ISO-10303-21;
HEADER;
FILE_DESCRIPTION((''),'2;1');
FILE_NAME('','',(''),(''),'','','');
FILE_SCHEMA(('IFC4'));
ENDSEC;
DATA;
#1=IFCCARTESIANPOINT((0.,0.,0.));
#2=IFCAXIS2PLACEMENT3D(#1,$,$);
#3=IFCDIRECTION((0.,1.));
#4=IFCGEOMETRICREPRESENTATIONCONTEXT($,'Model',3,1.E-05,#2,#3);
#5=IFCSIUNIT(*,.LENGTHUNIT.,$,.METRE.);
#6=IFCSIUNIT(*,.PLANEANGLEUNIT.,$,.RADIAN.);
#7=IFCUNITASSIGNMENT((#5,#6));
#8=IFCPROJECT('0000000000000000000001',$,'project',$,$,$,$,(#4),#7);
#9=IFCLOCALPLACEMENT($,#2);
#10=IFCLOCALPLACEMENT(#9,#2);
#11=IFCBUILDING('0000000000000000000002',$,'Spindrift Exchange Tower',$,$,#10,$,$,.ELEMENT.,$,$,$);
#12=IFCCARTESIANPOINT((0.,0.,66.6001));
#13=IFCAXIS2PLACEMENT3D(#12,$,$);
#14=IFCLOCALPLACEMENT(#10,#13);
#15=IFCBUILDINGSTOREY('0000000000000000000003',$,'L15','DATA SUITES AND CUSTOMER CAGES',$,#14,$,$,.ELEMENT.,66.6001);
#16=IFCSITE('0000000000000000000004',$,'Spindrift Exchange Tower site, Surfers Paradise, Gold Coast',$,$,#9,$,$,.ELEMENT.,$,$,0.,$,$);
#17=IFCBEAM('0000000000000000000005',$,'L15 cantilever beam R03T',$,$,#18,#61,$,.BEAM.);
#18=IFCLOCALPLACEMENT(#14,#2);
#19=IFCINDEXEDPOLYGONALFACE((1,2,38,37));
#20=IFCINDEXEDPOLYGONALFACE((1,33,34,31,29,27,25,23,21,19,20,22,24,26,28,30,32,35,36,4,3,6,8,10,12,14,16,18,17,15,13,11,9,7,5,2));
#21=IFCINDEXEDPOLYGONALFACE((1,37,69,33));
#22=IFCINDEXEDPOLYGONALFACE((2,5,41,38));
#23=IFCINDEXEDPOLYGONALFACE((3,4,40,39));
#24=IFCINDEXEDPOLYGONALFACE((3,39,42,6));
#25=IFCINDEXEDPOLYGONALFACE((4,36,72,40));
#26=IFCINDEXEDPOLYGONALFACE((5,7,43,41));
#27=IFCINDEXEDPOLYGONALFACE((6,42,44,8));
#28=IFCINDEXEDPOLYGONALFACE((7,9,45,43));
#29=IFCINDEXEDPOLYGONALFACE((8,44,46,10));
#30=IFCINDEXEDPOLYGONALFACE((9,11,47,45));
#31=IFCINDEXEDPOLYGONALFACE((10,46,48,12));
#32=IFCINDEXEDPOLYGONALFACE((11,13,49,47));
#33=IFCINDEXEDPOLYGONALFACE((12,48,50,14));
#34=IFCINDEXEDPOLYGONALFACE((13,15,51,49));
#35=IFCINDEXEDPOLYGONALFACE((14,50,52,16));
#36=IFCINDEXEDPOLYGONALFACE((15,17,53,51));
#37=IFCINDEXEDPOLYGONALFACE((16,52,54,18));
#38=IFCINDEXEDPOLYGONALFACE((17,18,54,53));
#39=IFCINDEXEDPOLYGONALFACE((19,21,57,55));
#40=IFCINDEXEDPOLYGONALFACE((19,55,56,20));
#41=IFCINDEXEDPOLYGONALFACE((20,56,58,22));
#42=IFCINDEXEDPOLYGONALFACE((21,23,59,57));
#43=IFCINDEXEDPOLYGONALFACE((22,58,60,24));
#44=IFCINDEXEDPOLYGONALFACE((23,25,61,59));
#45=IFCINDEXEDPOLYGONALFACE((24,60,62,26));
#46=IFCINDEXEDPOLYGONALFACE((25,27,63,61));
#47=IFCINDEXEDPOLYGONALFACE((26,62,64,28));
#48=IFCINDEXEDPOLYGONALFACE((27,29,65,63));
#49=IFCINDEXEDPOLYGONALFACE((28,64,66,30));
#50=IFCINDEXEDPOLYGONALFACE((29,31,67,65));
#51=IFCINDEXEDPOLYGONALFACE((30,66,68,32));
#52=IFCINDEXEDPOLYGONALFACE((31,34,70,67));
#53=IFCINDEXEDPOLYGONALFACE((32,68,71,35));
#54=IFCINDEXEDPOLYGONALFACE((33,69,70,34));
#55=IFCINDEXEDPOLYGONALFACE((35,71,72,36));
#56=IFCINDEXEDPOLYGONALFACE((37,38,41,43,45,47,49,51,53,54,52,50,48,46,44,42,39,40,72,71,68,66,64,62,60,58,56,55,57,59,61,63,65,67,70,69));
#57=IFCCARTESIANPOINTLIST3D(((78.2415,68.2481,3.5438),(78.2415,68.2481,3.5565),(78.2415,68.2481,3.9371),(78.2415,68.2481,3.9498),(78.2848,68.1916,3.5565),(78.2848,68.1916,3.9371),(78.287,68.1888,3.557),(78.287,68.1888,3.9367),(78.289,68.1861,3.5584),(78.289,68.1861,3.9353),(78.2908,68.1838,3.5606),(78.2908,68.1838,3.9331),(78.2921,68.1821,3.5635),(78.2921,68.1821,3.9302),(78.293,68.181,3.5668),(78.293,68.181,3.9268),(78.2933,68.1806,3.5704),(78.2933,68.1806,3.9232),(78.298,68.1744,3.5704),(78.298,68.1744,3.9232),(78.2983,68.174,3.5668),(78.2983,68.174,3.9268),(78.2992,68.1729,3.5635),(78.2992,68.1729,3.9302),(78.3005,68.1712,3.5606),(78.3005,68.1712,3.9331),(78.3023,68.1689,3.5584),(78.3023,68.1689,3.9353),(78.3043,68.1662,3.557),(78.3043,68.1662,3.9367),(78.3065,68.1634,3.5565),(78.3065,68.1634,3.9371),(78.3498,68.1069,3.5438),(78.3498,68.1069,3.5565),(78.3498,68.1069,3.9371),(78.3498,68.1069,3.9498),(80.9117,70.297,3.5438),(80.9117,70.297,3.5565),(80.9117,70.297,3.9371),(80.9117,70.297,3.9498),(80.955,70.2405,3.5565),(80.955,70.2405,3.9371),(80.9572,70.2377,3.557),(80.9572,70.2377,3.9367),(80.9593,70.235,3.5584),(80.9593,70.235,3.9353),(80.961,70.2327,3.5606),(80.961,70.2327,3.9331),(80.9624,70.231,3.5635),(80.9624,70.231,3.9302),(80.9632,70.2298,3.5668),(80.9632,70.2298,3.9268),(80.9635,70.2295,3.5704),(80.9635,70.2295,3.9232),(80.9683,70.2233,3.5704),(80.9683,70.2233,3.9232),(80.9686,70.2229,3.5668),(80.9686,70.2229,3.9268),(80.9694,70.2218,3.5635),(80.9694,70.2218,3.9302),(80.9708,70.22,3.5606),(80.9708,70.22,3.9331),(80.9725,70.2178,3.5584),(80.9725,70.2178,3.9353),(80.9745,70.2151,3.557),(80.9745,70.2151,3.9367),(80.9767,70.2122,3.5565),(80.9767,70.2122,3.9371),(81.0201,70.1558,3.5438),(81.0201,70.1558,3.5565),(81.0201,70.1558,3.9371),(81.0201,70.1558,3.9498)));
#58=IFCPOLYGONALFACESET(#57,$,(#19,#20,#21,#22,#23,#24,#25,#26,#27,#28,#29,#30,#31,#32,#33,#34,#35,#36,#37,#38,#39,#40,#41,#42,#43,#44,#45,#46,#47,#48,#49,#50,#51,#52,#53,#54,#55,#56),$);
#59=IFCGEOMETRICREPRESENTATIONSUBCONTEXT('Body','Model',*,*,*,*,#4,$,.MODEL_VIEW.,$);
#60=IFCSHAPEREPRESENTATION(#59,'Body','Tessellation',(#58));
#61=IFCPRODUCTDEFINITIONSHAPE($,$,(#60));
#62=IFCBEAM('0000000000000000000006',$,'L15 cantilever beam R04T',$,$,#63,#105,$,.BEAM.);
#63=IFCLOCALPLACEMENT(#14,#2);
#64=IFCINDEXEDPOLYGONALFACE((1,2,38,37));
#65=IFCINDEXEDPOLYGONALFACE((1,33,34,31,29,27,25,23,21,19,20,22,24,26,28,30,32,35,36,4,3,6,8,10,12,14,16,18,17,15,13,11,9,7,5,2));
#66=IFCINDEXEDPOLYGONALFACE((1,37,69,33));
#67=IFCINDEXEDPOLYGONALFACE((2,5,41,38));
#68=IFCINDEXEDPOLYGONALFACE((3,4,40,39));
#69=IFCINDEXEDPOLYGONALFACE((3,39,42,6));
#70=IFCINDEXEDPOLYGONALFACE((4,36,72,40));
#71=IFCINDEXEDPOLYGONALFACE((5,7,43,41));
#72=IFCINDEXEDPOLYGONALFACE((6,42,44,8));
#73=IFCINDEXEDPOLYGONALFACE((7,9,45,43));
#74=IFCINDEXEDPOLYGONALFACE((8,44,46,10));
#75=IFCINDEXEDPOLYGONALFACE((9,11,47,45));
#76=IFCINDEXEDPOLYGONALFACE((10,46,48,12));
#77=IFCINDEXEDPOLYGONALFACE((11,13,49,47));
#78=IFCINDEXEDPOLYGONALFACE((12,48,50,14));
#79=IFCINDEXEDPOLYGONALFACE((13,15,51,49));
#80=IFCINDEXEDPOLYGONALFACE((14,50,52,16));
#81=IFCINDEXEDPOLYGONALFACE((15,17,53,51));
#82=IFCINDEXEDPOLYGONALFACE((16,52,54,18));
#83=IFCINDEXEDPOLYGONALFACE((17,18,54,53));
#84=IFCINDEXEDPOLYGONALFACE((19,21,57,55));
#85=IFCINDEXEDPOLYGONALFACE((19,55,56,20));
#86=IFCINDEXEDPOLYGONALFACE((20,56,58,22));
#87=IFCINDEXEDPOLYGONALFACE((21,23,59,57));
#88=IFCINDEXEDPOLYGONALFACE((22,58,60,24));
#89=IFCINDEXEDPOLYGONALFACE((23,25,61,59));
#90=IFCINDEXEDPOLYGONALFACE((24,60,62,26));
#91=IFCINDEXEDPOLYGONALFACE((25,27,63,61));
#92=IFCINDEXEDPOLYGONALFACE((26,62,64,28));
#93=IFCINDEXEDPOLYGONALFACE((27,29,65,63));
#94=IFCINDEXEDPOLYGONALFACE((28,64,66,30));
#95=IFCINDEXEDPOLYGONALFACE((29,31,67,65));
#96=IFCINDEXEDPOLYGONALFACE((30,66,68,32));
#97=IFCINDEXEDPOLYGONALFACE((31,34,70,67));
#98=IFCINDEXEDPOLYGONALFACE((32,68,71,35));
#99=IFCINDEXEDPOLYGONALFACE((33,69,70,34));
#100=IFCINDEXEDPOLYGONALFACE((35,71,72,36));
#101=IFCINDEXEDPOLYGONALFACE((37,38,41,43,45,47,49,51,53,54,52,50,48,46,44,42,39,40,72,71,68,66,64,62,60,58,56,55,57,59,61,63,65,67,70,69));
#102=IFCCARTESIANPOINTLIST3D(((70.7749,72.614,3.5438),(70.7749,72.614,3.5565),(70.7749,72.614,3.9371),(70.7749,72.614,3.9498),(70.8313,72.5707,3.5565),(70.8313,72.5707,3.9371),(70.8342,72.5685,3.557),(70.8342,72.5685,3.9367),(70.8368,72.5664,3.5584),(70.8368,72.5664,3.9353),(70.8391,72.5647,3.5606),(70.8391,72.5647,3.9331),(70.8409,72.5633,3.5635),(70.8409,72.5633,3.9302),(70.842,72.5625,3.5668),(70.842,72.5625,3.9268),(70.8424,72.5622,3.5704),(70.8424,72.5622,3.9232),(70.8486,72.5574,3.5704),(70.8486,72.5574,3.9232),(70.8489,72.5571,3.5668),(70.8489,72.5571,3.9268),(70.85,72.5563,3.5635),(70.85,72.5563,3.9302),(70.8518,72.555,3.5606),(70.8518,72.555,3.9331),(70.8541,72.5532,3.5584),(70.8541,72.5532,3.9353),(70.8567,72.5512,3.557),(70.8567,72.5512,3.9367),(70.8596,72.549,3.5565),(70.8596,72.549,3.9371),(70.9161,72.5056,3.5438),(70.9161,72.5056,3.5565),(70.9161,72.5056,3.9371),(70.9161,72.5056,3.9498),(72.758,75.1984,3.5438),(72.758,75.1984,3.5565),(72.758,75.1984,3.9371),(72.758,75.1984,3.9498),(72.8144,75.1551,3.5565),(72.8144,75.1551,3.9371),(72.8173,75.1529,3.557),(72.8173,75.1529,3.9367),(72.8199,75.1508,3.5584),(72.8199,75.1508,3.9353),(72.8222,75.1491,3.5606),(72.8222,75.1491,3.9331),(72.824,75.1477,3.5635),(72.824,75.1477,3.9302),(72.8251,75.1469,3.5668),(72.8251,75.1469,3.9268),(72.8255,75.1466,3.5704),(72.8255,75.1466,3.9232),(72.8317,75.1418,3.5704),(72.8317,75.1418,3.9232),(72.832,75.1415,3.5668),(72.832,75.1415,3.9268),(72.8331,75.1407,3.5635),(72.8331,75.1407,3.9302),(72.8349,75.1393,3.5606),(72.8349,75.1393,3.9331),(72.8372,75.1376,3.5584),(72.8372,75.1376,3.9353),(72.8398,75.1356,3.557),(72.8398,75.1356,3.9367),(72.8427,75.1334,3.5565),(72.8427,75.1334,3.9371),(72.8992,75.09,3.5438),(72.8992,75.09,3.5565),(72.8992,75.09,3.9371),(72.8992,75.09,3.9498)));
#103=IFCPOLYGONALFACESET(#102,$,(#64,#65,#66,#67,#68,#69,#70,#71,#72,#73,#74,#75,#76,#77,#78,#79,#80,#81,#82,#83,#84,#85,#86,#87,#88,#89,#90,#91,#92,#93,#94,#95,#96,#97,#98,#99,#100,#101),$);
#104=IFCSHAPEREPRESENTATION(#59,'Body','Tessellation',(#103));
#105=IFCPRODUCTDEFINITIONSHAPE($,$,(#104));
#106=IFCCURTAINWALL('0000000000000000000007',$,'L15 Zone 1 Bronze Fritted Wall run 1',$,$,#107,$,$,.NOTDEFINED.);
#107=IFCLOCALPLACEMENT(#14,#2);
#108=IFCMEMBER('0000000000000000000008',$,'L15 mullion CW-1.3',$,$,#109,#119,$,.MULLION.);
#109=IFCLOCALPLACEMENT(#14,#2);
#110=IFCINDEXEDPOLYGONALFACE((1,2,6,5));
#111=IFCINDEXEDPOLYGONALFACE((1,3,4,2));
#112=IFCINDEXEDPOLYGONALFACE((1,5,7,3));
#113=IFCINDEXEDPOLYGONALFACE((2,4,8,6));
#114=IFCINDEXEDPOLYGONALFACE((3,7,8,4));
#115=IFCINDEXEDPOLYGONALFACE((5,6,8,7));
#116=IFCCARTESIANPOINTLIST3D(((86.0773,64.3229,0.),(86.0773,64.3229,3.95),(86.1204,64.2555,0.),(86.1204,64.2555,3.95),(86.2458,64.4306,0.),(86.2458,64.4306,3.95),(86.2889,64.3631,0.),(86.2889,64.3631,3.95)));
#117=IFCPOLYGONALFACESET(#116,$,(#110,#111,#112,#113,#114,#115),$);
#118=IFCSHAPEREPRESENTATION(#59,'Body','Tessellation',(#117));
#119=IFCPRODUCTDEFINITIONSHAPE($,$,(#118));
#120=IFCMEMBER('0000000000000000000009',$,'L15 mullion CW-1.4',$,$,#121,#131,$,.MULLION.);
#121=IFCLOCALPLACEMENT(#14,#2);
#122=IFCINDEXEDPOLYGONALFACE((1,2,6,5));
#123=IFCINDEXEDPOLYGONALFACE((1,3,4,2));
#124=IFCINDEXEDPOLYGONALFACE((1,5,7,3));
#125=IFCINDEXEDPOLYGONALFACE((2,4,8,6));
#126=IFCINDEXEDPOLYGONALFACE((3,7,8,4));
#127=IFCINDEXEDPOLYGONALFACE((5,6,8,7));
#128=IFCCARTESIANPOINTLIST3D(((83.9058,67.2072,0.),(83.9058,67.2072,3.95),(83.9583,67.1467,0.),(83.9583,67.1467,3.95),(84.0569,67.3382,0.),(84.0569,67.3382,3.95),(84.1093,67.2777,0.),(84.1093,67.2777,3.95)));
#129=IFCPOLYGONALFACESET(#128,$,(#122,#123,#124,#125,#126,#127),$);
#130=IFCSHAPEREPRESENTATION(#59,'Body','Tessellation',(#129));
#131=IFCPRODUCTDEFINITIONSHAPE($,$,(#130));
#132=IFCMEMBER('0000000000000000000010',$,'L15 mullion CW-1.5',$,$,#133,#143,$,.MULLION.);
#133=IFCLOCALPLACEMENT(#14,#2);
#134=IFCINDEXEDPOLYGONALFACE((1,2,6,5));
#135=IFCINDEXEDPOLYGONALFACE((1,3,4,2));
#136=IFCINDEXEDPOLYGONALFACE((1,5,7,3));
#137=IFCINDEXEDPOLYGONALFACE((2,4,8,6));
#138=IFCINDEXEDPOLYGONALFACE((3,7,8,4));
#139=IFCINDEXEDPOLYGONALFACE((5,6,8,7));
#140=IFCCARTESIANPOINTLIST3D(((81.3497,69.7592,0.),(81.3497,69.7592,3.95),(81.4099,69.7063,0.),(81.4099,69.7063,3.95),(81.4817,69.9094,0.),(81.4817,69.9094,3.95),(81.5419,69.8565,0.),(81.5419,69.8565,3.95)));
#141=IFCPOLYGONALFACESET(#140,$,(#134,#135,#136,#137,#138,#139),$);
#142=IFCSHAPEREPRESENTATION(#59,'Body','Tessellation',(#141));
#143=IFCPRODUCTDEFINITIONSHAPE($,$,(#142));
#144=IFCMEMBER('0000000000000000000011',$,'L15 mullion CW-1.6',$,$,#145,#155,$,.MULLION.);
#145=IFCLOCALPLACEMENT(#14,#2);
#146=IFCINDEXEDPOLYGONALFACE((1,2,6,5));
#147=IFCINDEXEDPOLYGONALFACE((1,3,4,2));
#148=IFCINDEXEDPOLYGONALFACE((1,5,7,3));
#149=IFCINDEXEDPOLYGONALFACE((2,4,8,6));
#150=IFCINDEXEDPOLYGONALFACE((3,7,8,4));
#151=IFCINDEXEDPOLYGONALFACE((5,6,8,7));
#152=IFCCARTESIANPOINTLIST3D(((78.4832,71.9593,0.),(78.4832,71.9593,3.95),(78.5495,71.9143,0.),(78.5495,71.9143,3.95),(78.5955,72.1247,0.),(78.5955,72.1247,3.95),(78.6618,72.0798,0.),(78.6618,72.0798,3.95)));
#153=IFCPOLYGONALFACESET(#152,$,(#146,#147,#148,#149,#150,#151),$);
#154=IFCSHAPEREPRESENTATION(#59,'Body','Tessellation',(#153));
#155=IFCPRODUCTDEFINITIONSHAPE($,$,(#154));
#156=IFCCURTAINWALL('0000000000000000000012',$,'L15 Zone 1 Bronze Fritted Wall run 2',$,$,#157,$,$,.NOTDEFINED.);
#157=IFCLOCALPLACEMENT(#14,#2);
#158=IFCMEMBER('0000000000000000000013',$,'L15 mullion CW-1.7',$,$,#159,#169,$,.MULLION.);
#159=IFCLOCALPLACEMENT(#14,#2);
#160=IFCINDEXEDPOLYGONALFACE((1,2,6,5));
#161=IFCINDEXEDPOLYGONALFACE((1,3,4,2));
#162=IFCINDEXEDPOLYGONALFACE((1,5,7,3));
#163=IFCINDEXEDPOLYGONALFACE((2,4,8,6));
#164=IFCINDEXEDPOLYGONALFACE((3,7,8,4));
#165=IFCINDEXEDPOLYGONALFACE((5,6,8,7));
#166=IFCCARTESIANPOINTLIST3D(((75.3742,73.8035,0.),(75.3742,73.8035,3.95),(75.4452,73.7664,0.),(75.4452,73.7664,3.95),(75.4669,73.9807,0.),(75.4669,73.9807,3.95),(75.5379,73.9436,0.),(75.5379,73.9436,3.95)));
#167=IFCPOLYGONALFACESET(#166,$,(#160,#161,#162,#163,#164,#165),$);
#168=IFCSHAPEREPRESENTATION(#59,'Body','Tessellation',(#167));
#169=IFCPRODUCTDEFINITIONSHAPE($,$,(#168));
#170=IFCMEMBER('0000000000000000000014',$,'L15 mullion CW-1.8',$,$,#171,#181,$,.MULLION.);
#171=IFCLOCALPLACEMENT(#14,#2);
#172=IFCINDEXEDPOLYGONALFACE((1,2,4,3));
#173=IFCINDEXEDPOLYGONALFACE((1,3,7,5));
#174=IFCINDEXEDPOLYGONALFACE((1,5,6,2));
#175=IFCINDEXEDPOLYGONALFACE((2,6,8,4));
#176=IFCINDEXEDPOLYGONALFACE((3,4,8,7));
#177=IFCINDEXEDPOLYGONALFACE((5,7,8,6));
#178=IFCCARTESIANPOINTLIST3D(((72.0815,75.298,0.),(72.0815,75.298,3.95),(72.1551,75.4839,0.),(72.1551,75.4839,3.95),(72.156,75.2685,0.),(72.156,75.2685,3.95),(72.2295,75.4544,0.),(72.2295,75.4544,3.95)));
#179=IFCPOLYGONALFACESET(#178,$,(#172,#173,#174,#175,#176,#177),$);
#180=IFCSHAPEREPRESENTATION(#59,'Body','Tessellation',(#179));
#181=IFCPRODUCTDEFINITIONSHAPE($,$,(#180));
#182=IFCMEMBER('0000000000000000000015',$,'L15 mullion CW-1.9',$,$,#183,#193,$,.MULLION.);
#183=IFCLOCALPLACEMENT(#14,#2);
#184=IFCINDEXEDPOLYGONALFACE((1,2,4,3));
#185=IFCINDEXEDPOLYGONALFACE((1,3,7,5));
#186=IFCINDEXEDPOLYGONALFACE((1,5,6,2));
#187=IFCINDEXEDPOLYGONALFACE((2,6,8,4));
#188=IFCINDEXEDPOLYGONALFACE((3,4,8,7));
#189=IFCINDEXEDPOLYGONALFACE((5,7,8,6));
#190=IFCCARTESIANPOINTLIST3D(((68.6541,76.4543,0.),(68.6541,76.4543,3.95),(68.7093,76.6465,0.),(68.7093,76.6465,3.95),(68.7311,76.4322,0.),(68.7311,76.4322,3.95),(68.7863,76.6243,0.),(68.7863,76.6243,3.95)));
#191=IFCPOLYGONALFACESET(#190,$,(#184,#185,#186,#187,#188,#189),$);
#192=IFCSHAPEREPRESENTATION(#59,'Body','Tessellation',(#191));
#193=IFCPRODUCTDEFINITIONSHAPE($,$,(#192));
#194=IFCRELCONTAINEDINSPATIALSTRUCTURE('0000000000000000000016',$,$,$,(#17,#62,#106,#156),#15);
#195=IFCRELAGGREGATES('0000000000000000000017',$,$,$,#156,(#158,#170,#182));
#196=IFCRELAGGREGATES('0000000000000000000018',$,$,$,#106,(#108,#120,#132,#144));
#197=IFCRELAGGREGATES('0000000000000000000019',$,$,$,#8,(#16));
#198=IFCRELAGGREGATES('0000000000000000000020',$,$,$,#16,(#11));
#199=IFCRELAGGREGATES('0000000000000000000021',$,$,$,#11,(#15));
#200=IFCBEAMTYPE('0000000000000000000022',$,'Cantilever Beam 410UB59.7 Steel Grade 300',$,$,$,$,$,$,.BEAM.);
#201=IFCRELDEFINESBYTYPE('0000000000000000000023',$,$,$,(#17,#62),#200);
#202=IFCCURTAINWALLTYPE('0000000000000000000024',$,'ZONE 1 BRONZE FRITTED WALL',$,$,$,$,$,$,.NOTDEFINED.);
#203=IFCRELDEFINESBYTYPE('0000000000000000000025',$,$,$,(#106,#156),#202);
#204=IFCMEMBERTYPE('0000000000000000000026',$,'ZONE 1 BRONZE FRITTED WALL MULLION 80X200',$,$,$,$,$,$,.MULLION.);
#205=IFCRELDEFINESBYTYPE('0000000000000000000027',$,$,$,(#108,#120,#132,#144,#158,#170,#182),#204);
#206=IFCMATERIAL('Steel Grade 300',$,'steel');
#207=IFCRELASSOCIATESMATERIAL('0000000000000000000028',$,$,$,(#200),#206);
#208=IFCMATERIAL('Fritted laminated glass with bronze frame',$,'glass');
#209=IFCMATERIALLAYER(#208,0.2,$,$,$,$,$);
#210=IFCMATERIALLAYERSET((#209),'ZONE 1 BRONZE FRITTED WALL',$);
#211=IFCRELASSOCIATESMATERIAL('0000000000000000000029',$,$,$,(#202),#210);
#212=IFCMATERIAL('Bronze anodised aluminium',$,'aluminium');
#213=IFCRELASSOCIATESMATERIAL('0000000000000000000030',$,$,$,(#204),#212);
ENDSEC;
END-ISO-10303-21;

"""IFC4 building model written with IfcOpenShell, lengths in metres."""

from ifc_helpers import new_model, si_unit, direction, frame, origin, origin_2d, place, context, subcontext, project, spatial, rectangle, i_section, extrude, source, transform, mapped, material, layer, layer_set, material_profile, profile_set, type_object, element, aggregate, save


model = new_model("IFC4")

# Units and contexts
model_context = context("Model", 3, precision=1e-05, world=origin(), true_north=direction((0.0, 1.0)))
body_context = subcontext(model_context, "Body", "Model", "MODEL_VIEW")
ifc_project = project(units=[si_unit("LENGTHUNIT", "METRE"), si_unit("PLANEANGLEUNIT", "RADIAN")], contexts=[model_context])

# Site, building, storey
site_placement = place(None, origin())
site = spatial("IfcSite", under=ifc_project, at=site_placement, Name="Spindrift Exchange Tower site, Surfers Paradise, Gold Coast", CompositionType="ELEMENT", RefElevation=0.0)
building_placement = place(site_placement, origin())
building = spatial("IfcBuilding", under=site, at=building_placement, Name="Spindrift Exchange Tower", CompositionType="ELEMENT")
storey_placement = place(building_placement, frame((0.0, 0.0, 66.6001)))
storey = spatial("IfcBuildingStorey", under=building, at=storey_placement, Name="L15", Description="DATA SUITES AND CUSTOMER CAGES", CompositionType="ELEMENT", Elevation=66.6001)

# Beams
ifc_material_1 = material(Name="Steel Grade 300", Category="steel")
ifc_material_profile_1 = material_profile(ifc_material_1, i_section(OverallWidth=0.178, OverallDepth=0.406, WebThickness=0.0078, FlangeThickness=0.0127, FilletRadius=0.0139, at=origin_2d()), Name="410UB59.7")
ifc_profile_set_1 = profile_set([ifc_material_profile_1], Name="Steel Grade 300")
beam_type_1 = type_object("IfcBeamType", Name="Cantilever Beam 410UB59.7 Steel Grade 300", PredefinedType="BEAM", material=ifc_profile_set_1)
shared_shape_1 = source(origin(), body_context, "Body", "SweptSolid", [
    extrude(i_section(OverallWidth=0.178, OverallDepth=0.406, WebThickness=0.0078, FlangeThickness=0.0127, FilletRadius=0.0139, at=origin_2d()), origin(), (0.0, 0.0, 1.0), 3.3657),
])
beam_1_placement = place(storey_placement, frame((78.2957, 68.1775, 3.7468), z_axis=(0.793362, 0.60875, 0.0), x_axis=(-0.60875, 0.793362, 0.0)))
element("IfcBeam", 1, at=beam_1_placement, inside=storey, type_object=beam_type_1, Name="L15 cantilever beam R03T", PredefinedType="BEAM", context=body_context, shape_type="MappedRepresentation", body=[
    mapped(shared_shape_1, transform((0.0, 0.0, 0.0), scale=1.0)),
])
shared_shape_2 = source(origin(), body_context, "Body", "SweptSolid", [
    extrude(i_section(OverallWidth=0.178, OverallDepth=0.406, WebThickness=0.0078, FlangeThickness=0.0127, FilletRadius=0.0139, at=origin_2d()), origin(), (0.0, 0.0, 1.0), 3.2576),
])
beam_2_placement = place(storey_placement, frame((70.8455, 72.5598, 3.7468), z_axis=(0.608765, 0.793351, 0.0), x_axis=(-0.793351, 0.608765, 0.0)))
element("IfcBeam", 2, at=beam_2_placement, inside=storey, type_object=beam_type_1, Name="L15 cantilever beam R04T", PredefinedType="BEAM", context=body_context, shape_type="MappedRepresentation", body=[
    mapped(shared_shape_2, transform((0.0, 0.0, 0.0), scale=1.0)),
])

# Curtain walls, members
ifc_material_2 = material(Name="Fritted laminated glass with bronze frame", Category="glass")
ifc_layer_1 = layer(ifc_material_2, 0.2)
ifc_layer_set_1 = layer_set([ifc_layer_1], Name="ZONE 1 BRONZE FRITTED WALL")
curtain_wall_type = type_object("IfcCurtainWallType", Name="ZONE 1 BRONZE FRITTED WALL", PredefinedType="NOTDEFINED", material=ifc_layer_set_1)
curtain_wall_1_placement = place(storey_placement, origin())
curtain_wall_1 = element("IfcCurtainWall", 3, at=curtain_wall_1_placement, inside=storey, type_object=curtain_wall_type, Name="L15 Zone 1 Bronze Fritted Wall run 1", PredefinedType="NOTDEFINED")
ifc_material_3 = material(Name="Bronze anodised aluminium", Category="aluminium")
ifc_material_profile_2 = material_profile(ifc_material_3, rectangle(XDim=0.0801, YDim=0.2, at=origin_2d()), Name="ZONE 1 BRONZE FRITTED WALL MULLION 80X200")
ifc_profile_set_2 = profile_set([ifc_material_profile_2], Name="Bronze anodised aluminium")
member_type_1 = type_object("IfcMemberType", Name="ZONE 1 BRONZE FRITTED WALL MULLION 80X200", PredefinedType="MULLION", material=ifc_profile_set_2)
shared_shape_3 = source(origin(), body_context, "Body", "SweptSolid", [
    extrude(rectangle(XDim=0.0801, YDim=0.2, at=origin_2d()), origin(), (0.0, 0.0, 1.0), 3.95),
])
member_1_placement = place(storey_placement, frame((86.1831, 64.343, 0.0), z_axis=(0.0, 0.0, 1.0), x_axis=(-0.538385, 0.842699, 0.0)))
member_1 = element("IfcMember", 4, at=member_1_placement, type_object=member_type_1, Name="L15 mullion CW-1.3", PredefinedType="MULLION", context=body_context, shape_type="MappedRepresentation", body=[
    mapped(shared_shape_3, transform((0.0, 0.0, 0.0), scale=1.0)),
])
member_2_placement = place(storey_placement, frame((84.0076, 67.2424, 0.0), z_axis=(0.0, 0.0, 1.0), x_axis=(-0.655019, 0.755613, 0.0)))
member_2 = element("IfcMember", 5, at=member_2_placement, type_object=member_type_1, Name="L15 mullion CW-1.4", PredefinedType="MULLION", context=body_context, shape_type="MappedRepresentation", body=[
    mapped(shared_shape_3, transform((0.0, 0.0, 0.0), scale=1.0)),
])
member_3_placement = place(storey_placement, frame((81.4458, 69.8079, 0.0), z_axis=(0.0, 0.0, 1.0), x_axis=(-0.751095, 0.660194, 0.0)))
member_3 = element("IfcMember", 6, at=member_3_placement, type_object=member_type_1, Name="L15 mullion CW-1.5", PredefinedType="MULLION", context=body_context, shape_type="MappedRepresentation", body=[
    mapped(shared_shape_3, transform((0.0, 0.0, 0.0), scale=1.0)),
])
member_4_placement = place(storey_placement, frame((78.5725, 72.0195, 0.0), z_axis=(0.0, 0.0, 1.0), x_axis=(-0.8274, 0.561614, 0.0)))
member_4 = element("IfcMember", 7, at=member_4_placement, type_object=member_type_1, Name="L15 mullion CW-1.6", PredefinedType="MULLION", context=body_context, shape_type="MappedRepresentation", body=[
    mapped(shared_shape_3, transform((0.0, 0.0, 0.0), scale=1.0)),
])
curtain_wall_2_placement = place(storey_placement, origin())
curtain_wall_2 = element("IfcCurtainWall", 8, at=curtain_wall_2_placement, inside=storey, type_object=curtain_wall_type, Name="L15 Zone 1 Bronze Fritted Wall run 2", PredefinedType="NOTDEFINED")
member_5_placement = place(storey_placement, frame((75.4561, 73.8735, 0.0), z_axis=(0.0, 0.0, 1.0), x_axis=(-0.886105, 0.463485, 0.0)))
member_5 = element("IfcMember", 9, at=member_5_placement, type_object=member_type_1, Name="L15 mullion CW-1.7", PredefinedType="MULLION", context=body_context, shape_type="MappedRepresentation", body=[
    mapped(shared_shape_3, transform((0.0, 0.0, 0.0), scale=1.0)),
])
member_6_placement = place(storey_placement, frame((72.1555, 75.3762, 0.0), z_axis=(0.0, 0.0, 1.0), x_axis=(-0.929823, 0.368008, 0.0)))
member_6 = element("IfcMember", 10, at=member_6_placement, type_object=member_type_1, Name="L15 mullion CW-1.8", PredefinedType="MULLION", context=body_context, shape_type="MappedRepresentation", body=[
    mapped(shared_shape_3, transform((0.0, 0.0, 0.0), scale=1.0)),
])
member_7_placement = place(storey_placement, frame((68.7202, 76.5393, 0.0), z_axis=(0.0, 0.0, 1.0), x_axis=(-0.961093, 0.276226, 0.0)))
member_7 = element("IfcMember", 11, at=member_7_placement, type_object=member_type_1, Name="L15 mullion CW-1.9", PredefinedType="MULLION", context=body_context, shape_type="MappedRepresentation", body=[
    mapped(shared_shape_3, transform((0.0, 0.0, 0.0), scale=1.0)),
])

aggregate(curtain_wall_2, [member_5, member_6, member_7])
aggregate(curtain_wall_1, [member_1, member_2, member_3, member_4])

save(model, "model.ifc")
